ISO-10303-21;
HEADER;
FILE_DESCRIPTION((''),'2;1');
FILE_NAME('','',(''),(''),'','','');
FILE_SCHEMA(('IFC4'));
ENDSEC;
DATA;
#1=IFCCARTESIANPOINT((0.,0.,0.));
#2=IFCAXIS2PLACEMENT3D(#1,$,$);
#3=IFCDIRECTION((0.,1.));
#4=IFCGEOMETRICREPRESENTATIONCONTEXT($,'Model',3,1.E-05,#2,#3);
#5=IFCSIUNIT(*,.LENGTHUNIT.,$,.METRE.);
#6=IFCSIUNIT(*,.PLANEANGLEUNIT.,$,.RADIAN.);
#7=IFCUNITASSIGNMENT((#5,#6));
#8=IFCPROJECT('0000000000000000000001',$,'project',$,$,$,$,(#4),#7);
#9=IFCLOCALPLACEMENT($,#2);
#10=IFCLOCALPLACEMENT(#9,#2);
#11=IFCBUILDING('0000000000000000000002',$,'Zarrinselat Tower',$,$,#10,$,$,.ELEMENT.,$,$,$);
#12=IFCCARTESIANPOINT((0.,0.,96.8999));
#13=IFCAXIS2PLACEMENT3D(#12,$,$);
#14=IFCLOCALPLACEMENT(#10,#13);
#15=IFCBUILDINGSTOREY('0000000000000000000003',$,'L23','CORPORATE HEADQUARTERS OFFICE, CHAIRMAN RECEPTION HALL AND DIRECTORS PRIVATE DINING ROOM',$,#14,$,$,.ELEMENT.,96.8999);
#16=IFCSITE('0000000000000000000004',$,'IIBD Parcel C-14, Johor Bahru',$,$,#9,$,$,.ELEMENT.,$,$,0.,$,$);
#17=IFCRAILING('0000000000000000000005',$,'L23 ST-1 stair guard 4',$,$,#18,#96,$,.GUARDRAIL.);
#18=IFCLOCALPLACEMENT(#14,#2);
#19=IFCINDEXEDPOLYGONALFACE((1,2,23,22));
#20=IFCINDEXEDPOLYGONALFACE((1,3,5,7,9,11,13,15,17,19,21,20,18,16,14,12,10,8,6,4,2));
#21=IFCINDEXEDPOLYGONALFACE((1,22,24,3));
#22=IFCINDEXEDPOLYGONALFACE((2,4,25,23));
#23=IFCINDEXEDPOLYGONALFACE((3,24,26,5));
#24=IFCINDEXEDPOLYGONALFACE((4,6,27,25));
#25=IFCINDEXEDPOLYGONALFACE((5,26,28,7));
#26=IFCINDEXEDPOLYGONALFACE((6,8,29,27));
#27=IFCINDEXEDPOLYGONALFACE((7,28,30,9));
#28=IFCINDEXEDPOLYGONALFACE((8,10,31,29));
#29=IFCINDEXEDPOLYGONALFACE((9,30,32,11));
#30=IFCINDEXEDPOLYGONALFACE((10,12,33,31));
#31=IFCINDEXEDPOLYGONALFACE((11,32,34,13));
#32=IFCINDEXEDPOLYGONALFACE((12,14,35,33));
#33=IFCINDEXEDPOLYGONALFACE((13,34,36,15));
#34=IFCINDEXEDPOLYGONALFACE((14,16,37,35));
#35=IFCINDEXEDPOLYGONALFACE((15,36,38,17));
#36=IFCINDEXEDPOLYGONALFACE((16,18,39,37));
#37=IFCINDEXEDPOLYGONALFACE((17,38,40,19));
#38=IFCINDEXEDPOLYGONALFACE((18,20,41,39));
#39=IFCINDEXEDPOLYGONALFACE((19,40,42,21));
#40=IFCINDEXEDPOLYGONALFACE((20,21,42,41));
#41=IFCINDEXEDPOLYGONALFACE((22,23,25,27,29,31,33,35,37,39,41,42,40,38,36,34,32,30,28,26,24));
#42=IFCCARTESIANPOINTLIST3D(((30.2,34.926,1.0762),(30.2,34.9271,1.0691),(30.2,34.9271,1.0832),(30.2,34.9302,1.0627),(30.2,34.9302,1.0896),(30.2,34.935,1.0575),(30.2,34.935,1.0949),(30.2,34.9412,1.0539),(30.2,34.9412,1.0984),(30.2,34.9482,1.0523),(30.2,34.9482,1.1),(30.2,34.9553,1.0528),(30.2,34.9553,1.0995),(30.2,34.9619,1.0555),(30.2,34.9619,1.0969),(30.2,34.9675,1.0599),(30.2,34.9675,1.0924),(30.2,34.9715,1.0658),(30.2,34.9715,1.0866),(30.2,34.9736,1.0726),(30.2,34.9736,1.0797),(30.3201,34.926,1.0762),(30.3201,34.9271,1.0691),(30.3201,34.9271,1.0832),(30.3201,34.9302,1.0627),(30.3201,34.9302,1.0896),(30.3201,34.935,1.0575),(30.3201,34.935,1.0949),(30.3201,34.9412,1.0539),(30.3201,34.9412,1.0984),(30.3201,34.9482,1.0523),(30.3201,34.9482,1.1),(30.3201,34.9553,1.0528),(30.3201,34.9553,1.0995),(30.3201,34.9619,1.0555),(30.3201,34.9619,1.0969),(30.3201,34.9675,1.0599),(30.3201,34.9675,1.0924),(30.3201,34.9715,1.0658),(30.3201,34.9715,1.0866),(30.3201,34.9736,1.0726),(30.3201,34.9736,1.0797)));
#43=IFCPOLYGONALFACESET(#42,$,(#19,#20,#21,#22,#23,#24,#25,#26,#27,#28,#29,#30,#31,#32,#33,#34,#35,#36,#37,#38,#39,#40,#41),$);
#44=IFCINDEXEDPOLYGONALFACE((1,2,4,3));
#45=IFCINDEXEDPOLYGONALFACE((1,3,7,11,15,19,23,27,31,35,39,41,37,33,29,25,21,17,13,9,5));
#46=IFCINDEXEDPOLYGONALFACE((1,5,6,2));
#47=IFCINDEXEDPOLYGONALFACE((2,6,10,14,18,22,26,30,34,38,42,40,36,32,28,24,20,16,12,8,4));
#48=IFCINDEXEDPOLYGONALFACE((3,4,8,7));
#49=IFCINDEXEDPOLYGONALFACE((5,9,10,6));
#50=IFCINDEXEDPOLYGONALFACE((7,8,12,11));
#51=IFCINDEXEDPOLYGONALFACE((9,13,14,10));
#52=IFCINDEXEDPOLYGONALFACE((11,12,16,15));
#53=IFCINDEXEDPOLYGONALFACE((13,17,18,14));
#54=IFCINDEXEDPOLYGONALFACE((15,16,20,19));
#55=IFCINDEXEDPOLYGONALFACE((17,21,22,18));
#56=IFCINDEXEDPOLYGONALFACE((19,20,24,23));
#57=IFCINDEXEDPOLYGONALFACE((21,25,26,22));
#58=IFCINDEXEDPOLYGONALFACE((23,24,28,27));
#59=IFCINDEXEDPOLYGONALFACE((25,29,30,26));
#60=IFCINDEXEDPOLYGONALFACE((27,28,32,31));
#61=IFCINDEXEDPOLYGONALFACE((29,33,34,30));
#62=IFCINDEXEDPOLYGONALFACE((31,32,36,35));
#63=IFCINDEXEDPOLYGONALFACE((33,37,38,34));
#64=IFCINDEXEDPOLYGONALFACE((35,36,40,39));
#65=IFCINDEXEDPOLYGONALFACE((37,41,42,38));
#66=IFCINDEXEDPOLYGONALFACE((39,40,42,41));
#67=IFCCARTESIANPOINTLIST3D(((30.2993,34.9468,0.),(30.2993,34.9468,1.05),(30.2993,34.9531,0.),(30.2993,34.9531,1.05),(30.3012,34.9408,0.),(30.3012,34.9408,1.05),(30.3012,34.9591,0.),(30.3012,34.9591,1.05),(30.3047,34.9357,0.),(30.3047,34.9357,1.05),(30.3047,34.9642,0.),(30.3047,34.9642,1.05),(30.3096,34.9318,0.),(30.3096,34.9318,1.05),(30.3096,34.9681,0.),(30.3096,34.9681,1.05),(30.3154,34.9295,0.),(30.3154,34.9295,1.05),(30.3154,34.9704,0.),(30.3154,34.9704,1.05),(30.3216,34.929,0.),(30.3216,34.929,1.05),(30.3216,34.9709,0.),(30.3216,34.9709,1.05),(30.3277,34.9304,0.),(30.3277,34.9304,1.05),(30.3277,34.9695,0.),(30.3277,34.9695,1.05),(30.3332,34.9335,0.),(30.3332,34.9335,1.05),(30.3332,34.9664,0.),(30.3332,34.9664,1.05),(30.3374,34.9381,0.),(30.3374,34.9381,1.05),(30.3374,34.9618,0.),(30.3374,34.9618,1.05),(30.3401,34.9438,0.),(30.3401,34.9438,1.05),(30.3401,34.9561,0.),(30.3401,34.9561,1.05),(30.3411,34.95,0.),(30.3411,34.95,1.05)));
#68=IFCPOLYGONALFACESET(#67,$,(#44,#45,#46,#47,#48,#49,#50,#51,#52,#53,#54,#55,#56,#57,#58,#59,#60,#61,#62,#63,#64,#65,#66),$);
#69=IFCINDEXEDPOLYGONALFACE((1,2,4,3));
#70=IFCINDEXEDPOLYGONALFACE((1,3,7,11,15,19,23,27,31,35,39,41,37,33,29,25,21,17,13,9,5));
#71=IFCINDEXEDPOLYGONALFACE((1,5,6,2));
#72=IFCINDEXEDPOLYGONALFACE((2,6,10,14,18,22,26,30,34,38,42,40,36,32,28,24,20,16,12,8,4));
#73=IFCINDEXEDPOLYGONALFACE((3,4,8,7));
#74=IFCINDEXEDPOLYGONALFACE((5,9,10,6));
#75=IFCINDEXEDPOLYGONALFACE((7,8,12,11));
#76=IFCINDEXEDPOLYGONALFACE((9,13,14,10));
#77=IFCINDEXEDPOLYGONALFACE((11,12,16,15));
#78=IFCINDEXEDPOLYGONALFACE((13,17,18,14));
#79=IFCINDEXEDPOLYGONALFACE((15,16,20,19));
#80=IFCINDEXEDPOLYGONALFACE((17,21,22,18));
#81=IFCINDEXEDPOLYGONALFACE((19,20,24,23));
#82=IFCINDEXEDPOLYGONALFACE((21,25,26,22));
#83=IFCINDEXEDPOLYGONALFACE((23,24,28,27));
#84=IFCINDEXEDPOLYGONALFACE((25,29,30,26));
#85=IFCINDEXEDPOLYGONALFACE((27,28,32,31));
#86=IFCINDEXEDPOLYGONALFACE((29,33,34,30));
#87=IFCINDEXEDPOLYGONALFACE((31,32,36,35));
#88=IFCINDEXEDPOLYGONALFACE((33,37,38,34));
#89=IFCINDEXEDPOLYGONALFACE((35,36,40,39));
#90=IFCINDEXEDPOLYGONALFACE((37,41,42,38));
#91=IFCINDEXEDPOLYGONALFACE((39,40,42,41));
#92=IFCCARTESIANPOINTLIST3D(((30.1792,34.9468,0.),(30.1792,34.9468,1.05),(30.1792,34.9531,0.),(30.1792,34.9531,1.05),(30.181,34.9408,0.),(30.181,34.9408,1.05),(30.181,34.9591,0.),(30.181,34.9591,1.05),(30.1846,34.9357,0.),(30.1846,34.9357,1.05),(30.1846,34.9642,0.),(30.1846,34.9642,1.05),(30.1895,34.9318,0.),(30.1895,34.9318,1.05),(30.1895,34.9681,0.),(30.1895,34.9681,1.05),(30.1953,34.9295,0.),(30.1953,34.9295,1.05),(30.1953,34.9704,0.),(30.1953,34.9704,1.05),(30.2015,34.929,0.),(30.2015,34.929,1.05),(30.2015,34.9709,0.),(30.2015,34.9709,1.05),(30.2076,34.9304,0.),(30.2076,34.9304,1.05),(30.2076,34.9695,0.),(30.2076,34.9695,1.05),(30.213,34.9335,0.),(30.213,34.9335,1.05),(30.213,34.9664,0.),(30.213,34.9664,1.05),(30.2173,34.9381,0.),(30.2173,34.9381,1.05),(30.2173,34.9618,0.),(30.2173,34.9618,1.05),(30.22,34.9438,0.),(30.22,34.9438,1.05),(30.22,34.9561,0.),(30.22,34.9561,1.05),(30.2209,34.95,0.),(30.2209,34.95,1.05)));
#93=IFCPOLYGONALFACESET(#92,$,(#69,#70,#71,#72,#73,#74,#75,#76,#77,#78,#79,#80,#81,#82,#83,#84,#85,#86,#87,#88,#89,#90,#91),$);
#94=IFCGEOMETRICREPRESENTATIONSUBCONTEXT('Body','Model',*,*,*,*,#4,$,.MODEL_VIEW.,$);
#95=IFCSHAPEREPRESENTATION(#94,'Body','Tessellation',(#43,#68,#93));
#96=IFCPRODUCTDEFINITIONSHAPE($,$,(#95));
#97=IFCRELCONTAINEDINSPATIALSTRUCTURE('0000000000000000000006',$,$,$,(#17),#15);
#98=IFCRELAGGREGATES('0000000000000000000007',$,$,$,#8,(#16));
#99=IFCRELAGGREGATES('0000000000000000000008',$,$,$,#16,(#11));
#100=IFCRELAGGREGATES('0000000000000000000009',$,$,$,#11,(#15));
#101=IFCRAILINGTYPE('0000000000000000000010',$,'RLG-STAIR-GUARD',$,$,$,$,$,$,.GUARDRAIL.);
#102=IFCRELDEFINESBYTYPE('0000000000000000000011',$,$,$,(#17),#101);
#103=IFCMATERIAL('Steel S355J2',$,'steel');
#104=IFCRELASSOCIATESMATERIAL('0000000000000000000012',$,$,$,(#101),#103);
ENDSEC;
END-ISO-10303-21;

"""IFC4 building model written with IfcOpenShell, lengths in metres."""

from ifc_helpers import new_model, si_unit, direction, frame, origin, origin_2d, place, context, subcontext, project, spatial, circle, extrude, material, type_object, element, save


model = new_model("IFC4")

# Units and contexts
model_context = context("Model", 3, precision=1e-05, world=origin(), true_north=direction((0.0, 1.0)))
body_context = subcontext(model_context, "Body", "Model", "MODEL_VIEW")
ifc_project = project(units=[si_unit("LENGTHUNIT", "METRE"), si_unit("PLANEANGLEUNIT", "RADIAN")], contexts=[model_context])

# Site, building, storey
site_placement = place(None, origin())
site = spatial("IfcSite", under=ifc_project, at=site_placement, Name="IIBD Parcel C-14, Johor Bahru", CompositionType="ELEMENT", RefElevation=0.0)
building_placement = place(site_placement, origin())
building = spatial("IfcBuilding", under=site, at=building_placement, Name="Zarrinselat Tower", CompositionType="ELEMENT")
storey_placement = place(building_placement, frame((0.0, 0.0, 96.8999)))
storey = spatial("IfcBuildingStorey", under=building, at=storey_placement, Name="L23", Description="CORPORATE HEADQUARTERS OFFICE, CHAIRMAN RECEPTION HALL AND DIRECTORS PRIVATE DINING ROOM", CompositionType="ELEMENT", Elevation=96.8999)

# Railing
ifc_material_1 = material(Name="Steel S355J2", Category="steel")
railing_type_1 = type_object("IfcRailingType", Name="RLG-STAIR-GUARD", PredefinedType="GUARDRAIL", material=ifc_material_1)
railing_1_placement = place(storey_placement, frame((30.3201, 34.95, 0.0)))
element("IfcRailing", 1, at=railing_1_placement, inside=storey, type_object=railing_type_1, Name="L23 ST-1 stair guard 4", PredefinedType="GUARDRAIL", context=body_context, shape_type="SweptSolid", body=[
    extrude(circle(Radius=0.0239, at=origin_2d()), frame((0.0, 0.0, 1.0762), z_axis=(-1.0, 0.0, 0.0), x_axis=(0.0, -1.0, 0.0)), (0.0, 0.0, 1.0), 0.1201),
    extrude(circle(Radius=0.021, at=origin_2d()), origin(), (0.0, 0.0, 1.0), 1.05),
    extrude(circle(Radius=0.021, at=origin_2d()), frame((-0.1201, 0.0, 0.0)), (0.0, 0.0, 1.0), 1.05),
])

save(model, "model.ifc")
